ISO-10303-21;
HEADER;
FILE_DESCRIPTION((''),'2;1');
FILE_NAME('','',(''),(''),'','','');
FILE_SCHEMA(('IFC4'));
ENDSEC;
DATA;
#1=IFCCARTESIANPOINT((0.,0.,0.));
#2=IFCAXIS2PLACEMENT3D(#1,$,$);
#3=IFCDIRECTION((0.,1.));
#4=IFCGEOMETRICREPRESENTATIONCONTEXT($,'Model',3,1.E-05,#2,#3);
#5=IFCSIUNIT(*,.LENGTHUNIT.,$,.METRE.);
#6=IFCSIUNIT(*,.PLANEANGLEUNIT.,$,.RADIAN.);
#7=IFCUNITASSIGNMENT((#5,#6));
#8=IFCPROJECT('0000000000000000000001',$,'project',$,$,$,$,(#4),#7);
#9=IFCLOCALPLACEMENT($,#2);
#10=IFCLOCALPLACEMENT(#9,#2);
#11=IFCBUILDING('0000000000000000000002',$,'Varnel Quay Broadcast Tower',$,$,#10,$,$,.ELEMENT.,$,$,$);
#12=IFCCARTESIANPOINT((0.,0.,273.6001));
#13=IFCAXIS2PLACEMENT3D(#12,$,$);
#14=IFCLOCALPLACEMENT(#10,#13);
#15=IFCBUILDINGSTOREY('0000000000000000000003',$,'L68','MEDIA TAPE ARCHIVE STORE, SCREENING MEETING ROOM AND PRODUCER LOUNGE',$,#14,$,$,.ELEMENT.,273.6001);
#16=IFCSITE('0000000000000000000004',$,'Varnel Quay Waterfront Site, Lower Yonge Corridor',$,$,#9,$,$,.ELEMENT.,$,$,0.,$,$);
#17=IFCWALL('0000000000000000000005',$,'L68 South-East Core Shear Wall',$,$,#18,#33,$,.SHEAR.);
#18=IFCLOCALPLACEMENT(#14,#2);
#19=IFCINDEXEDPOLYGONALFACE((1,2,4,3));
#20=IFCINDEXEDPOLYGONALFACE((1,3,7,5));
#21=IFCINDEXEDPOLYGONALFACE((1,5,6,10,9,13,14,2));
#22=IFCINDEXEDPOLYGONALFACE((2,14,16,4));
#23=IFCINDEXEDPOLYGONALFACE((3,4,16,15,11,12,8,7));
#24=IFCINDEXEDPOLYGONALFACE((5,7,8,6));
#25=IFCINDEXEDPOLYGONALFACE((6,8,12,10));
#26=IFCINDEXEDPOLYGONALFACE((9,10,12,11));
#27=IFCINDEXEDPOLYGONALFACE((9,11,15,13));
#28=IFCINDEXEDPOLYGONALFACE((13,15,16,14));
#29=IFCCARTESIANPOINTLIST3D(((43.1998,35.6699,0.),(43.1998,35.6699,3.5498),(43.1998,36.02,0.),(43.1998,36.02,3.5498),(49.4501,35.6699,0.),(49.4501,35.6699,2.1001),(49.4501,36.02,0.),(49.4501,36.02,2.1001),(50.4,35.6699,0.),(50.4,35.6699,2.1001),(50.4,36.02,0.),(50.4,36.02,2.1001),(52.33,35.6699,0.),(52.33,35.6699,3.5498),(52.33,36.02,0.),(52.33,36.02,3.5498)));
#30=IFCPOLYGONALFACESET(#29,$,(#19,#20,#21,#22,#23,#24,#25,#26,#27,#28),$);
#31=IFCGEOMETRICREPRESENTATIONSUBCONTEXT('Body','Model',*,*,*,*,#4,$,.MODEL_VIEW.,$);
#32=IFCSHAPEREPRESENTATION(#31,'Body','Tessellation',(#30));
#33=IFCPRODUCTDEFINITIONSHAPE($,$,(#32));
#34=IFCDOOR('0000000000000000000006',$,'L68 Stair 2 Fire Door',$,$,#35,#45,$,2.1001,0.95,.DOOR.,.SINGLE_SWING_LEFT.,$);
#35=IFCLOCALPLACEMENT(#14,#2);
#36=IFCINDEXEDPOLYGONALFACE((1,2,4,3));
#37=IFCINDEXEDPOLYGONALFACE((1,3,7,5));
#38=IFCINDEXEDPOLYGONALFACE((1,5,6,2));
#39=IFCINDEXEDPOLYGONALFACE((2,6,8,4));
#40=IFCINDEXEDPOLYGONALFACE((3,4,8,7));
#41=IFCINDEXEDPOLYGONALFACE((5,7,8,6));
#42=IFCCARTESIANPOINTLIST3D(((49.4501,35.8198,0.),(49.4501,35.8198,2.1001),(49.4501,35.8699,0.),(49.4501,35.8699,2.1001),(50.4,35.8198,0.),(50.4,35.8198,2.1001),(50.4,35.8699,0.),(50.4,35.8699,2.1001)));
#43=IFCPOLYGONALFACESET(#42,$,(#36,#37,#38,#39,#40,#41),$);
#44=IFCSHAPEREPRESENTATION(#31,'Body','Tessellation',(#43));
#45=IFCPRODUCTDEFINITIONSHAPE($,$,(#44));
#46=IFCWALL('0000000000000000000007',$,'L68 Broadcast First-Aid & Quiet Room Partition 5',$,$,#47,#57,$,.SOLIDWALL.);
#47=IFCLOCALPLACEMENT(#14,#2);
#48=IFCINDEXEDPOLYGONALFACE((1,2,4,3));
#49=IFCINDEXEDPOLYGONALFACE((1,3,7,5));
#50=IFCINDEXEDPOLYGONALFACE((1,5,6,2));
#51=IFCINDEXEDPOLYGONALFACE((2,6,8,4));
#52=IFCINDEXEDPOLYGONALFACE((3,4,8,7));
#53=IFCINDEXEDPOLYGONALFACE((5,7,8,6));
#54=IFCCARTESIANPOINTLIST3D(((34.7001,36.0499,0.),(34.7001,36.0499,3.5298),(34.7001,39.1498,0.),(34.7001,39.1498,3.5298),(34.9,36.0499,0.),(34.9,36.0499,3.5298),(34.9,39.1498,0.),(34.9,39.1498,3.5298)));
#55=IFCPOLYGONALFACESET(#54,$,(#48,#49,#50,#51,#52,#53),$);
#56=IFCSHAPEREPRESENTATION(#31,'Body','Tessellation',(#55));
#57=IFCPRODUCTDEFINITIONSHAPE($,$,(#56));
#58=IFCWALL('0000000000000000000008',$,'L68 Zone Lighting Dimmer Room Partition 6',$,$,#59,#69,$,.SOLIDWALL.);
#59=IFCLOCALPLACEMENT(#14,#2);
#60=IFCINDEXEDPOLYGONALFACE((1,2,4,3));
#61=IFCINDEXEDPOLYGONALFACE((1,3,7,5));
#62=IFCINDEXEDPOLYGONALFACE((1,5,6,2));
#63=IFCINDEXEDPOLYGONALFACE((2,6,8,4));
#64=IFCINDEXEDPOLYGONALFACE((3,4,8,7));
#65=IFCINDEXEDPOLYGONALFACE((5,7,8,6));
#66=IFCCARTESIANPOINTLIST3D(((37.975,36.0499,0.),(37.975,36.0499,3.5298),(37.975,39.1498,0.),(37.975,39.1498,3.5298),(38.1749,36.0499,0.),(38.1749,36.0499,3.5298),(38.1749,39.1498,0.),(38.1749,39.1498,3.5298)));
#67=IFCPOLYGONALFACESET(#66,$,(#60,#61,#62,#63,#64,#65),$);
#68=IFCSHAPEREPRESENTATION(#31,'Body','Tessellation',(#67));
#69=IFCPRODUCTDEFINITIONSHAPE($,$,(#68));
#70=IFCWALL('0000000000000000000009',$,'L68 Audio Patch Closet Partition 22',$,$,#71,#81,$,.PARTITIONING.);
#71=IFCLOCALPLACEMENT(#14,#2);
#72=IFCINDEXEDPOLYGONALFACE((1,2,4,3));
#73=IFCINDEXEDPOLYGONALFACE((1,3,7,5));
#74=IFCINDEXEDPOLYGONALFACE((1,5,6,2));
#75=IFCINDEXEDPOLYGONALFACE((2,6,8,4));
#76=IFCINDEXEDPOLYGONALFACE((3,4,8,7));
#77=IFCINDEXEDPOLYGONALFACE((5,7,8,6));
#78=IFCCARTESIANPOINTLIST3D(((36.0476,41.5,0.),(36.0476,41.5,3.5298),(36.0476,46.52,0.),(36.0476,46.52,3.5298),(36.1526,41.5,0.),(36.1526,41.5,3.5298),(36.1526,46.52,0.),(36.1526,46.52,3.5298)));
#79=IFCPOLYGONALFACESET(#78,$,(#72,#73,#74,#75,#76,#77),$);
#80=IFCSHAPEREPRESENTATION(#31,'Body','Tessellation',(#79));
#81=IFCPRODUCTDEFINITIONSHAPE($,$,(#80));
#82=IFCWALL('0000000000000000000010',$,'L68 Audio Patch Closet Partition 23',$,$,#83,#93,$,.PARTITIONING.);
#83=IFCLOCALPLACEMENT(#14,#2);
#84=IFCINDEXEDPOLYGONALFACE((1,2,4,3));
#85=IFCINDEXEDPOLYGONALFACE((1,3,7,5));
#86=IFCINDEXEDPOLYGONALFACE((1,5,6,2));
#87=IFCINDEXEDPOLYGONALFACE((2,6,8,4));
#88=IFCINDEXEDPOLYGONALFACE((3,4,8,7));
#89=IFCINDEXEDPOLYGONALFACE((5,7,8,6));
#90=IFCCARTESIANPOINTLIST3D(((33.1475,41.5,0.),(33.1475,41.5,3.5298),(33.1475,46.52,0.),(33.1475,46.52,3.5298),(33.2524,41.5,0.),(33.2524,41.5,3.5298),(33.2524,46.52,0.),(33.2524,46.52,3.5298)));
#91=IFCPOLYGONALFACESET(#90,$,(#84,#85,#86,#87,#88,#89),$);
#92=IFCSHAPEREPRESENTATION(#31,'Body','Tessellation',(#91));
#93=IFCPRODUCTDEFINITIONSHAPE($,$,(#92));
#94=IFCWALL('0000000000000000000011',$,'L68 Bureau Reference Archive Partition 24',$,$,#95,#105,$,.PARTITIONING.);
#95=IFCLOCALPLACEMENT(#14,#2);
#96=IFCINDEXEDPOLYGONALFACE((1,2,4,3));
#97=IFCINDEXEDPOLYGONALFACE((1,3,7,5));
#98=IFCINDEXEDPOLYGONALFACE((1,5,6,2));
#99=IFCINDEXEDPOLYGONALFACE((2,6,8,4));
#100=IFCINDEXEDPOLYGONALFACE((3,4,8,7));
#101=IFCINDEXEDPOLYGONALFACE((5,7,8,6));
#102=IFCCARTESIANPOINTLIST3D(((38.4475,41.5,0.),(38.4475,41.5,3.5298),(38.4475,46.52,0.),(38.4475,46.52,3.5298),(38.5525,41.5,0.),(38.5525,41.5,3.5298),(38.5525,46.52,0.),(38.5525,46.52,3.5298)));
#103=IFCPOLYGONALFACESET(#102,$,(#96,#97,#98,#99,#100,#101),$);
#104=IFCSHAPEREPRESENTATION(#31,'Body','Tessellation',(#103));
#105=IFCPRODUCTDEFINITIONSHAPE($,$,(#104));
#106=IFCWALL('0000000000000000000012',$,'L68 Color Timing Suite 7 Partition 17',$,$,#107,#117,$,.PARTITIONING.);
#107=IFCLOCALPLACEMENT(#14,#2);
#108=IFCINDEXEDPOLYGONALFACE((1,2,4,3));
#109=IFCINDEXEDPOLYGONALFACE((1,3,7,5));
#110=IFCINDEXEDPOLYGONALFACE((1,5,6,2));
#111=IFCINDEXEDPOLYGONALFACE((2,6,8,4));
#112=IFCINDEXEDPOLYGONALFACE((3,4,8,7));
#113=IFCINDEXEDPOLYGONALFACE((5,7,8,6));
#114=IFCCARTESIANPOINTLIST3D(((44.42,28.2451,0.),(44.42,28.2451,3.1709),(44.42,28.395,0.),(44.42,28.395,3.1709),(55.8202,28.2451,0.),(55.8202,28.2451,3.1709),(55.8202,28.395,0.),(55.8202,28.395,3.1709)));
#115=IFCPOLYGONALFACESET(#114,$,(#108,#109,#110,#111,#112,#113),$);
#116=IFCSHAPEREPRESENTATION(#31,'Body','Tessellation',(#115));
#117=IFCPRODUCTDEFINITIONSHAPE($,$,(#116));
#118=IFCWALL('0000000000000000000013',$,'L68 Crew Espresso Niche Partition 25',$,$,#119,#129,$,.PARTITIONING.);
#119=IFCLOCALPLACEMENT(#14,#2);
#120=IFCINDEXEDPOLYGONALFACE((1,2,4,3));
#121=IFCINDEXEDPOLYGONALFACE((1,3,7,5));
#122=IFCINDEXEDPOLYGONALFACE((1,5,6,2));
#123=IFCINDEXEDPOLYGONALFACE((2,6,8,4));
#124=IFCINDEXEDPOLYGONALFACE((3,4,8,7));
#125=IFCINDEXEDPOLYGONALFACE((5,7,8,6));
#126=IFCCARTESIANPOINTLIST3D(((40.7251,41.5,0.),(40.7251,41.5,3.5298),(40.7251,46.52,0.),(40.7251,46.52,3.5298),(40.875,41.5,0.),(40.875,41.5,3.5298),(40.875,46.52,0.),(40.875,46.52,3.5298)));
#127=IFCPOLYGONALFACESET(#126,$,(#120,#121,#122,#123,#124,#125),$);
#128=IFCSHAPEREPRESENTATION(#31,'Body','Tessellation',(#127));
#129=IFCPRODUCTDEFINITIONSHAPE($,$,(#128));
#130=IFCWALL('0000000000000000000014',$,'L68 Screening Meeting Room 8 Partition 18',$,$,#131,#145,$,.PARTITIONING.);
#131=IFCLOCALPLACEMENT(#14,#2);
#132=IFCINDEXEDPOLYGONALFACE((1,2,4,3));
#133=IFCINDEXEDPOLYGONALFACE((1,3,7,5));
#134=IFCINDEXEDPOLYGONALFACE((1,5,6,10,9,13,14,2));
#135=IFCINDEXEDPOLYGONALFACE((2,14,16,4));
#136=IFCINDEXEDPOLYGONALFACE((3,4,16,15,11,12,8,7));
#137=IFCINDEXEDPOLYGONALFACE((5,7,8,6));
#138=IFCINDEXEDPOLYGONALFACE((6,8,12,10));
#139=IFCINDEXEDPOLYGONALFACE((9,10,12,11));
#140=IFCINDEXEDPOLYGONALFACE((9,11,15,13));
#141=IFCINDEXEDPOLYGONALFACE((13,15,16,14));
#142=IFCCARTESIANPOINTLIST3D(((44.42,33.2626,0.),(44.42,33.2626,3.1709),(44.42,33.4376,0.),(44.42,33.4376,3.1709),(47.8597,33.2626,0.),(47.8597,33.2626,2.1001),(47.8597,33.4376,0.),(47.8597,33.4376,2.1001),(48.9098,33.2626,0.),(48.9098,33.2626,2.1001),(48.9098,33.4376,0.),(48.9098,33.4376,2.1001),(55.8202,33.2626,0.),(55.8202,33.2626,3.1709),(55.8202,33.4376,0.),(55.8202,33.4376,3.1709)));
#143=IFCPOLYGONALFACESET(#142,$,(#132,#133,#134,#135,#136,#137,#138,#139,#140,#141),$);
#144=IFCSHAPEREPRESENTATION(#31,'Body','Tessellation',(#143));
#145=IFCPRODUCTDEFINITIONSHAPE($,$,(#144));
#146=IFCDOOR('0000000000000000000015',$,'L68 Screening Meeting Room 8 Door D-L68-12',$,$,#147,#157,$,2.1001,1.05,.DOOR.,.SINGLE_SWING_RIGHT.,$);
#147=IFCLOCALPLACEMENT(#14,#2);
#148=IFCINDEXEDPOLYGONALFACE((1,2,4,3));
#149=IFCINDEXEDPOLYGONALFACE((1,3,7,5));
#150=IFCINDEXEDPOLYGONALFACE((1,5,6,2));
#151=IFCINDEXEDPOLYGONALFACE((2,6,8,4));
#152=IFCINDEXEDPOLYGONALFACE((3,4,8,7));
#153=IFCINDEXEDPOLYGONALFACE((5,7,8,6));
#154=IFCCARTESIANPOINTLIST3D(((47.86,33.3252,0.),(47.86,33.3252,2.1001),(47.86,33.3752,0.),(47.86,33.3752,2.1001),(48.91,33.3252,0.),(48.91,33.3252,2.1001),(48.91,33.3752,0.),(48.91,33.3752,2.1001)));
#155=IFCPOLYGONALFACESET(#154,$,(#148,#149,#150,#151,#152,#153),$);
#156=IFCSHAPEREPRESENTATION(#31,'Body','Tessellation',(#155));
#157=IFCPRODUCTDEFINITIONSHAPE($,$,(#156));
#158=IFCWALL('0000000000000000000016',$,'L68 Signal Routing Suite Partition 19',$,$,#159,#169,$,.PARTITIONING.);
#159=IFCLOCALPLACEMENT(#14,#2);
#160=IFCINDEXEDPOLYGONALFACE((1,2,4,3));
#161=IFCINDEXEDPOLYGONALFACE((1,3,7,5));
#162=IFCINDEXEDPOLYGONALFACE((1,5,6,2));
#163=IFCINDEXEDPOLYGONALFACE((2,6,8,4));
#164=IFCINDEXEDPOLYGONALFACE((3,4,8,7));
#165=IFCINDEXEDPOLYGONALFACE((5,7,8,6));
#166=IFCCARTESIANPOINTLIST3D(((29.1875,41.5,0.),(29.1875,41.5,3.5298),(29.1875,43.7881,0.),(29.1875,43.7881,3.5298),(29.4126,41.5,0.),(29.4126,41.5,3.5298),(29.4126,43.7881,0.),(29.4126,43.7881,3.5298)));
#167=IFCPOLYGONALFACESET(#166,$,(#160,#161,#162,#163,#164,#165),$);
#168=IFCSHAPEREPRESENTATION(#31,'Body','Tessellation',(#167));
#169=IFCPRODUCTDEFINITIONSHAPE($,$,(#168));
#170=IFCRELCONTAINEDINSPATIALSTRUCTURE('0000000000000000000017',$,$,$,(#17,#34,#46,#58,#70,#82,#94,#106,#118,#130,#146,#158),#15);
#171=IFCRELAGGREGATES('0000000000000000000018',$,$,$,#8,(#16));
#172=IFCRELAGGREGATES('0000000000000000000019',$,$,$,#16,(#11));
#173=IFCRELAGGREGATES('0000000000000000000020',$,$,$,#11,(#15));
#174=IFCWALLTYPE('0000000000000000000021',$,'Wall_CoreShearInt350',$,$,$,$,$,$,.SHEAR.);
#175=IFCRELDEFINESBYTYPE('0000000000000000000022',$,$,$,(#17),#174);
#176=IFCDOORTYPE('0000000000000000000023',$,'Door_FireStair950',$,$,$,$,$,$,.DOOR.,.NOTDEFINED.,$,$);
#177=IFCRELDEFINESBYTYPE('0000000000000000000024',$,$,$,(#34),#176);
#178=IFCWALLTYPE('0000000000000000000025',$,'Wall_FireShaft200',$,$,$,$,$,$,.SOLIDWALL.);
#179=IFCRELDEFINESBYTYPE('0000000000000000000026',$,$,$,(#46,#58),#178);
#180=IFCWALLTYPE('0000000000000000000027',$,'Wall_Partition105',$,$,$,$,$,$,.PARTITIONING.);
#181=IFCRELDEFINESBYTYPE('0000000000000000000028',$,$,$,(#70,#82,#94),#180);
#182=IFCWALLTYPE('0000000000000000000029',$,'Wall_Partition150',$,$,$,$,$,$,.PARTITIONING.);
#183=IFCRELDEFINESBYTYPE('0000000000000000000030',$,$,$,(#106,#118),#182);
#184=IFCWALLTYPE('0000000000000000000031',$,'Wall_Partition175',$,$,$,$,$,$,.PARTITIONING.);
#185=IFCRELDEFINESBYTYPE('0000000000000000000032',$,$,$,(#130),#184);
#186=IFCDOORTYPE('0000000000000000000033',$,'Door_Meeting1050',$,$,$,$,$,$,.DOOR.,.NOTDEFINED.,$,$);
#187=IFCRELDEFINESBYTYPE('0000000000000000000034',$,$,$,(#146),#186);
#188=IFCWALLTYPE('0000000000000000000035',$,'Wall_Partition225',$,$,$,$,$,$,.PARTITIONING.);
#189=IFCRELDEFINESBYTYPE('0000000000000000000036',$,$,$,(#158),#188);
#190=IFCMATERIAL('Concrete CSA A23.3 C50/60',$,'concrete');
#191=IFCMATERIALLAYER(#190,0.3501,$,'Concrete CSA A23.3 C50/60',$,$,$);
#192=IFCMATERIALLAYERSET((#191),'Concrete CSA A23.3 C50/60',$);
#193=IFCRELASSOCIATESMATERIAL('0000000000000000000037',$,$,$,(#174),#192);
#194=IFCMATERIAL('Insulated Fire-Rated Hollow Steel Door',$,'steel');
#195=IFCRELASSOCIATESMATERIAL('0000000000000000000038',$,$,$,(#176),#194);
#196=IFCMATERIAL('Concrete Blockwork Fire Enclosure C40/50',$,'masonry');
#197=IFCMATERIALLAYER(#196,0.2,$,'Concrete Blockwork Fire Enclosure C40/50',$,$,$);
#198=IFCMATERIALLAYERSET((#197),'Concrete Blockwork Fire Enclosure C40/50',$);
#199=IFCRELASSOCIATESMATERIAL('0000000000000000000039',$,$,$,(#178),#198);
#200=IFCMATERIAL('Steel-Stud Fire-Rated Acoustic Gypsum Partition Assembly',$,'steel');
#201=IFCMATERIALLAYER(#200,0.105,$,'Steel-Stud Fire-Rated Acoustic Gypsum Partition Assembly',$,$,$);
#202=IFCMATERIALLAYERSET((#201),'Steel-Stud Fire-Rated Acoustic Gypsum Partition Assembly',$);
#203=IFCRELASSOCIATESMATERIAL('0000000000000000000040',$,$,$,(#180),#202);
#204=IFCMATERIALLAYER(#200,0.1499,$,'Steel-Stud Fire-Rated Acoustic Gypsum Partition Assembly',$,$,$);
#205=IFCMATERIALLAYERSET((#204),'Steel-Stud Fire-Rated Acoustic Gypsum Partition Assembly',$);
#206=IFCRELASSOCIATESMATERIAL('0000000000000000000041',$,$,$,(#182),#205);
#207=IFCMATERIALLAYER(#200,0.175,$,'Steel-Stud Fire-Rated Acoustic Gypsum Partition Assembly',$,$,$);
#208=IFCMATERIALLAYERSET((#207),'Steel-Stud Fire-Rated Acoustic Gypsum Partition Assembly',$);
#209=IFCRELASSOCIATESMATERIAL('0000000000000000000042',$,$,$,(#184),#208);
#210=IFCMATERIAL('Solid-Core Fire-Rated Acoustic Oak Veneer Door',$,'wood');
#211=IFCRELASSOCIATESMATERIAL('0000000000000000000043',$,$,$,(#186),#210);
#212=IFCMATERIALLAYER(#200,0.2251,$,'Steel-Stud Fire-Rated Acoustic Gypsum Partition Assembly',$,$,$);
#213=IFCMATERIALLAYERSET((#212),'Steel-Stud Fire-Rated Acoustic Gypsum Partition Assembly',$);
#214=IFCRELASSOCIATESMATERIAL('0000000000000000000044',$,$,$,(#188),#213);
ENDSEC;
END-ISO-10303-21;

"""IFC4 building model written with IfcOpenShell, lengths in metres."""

from ifc_helpers import new_model, si_unit, direction, frame, frame_2d, origin, place, context, subcontext, project, spatial, rectangle, extrude, source, transform, mapped, material, layer, layer_set, type_object, type_shapes, element, fill, save


model = new_model("IFC4")

# Units and contexts
model_context = context("Model", 3, precision=1e-05, world=origin(), true_north=direction((0.0, 1.0)))
body_context = subcontext(model_context, "Body", "Model", "MODEL_VIEW")
ifc_project = project(units=[si_unit("LENGTHUNIT", "METRE"), si_unit("PLANEANGLEUNIT", "RADIAN")], contexts=[model_context])

# Site, building, storey
site_placement = place(None, origin())
site = spatial("IfcSite", under=ifc_project, at=site_placement, Name="Varnel Quay Waterfront Site, Lower Yonge Corridor", CompositionType="ELEMENT", RefElevation=0.0)
building_placement = place(site_placement, origin())
building = spatial("IfcBuilding", under=site, at=building_placement, Name="Varnel Quay Broadcast Tower", CompositionType="ELEMENT")
storey_placement = place(building_placement, frame((0.0, 0.0, 273.6001)))
storey = spatial("IfcBuildingStorey", under=building, at=storey_placement, Name="L68", Description="MEDIA TAPE ARCHIVE STORE, SCREENING MEETING ROOM AND PRODUCER LOUNGE", CompositionType="ELEMENT", Elevation=273.6001)

# Shared definitions
ifc_material_1 = material(Name="Concrete CSA A23.3 C50/60", Category="concrete")

# Wall, opening, door
ifc_layer_1 = layer(ifc_material_1, 0.3501, Name="Concrete CSA A23.3 C50/60")
ifc_layer_set_1 = layer_set([ifc_layer_1], Name="Concrete CSA A23.3 C50/60")
wall_type_1 = type_object("IfcWallType", Name="Wall_CoreShearInt350", PredefinedType="SHEAR", material=ifc_layer_set_1)
wall_1_placement = place(storey_placement, frame((43.2, 35.845, 0.0), z_axis=(0.0, 0.0, 1.0), x_axis=(1.0, 0.0, 0.0)))
wall_1 = element("IfcWall", 1, at=wall_1_placement, inside=storey, type_object=wall_type_1, Name="L68 South-East Core Shear Wall", PredefinedType="SHEAR", context=body_context, shape_type="SweptSolid", body=[
    extrude(rectangle(XDim=9.1301, YDim=0.3501, at=frame_2d((4.5649, 0.0))), origin(), (0.0, 0.0, 1.0), 3.5498),
])
opening_1_placement = place(wall_1_placement, frame((6.25, 0.0, 0.0)))
opening_1 = element("IfcOpeningElement", 2, at=opening_1_placement, cuts=wall_1, PredefinedType="OPENING", context=body_context, shape_type="SweptSolid", body=[
    extrude(rectangle(XDim=0.95, YDim=2.1001, at=frame_2d((0.4751, 1.05))), frame((0.0, 0.1851, 0.0), z_axis=(0.0, -1.0, 0.0), x_axis=(1.0, 0.0, 0.0)), (0.0, 0.0, 1.0), 0.3701),
])
ifc_material_2 = material(Name="Insulated Fire-Rated Hollow Steel Door", Category="steel")
door_type_1 = type_object("IfcDoorType", Name="Door_FireStair950", OperationType="NOTDEFINED", PredefinedType="DOOR", material=ifc_material_2)
shared_shape_1 = source(origin(), body_context, "Body", "SweptSolid", [
    extrude(rectangle(XDim=0.95, YDim=2.1001, at=frame_2d((0.4751, 1.05))), frame((0.0, 0.0249, 0.0), z_axis=(0.0, -1.0, 0.0), x_axis=(1.0, 0.0, 0.0)), (0.0, 0.0, 1.0), 0.05),
])
type_shapes(door_type_1, [shared_shape_1])
door_1_placement = place(opening_1_placement, origin())
door_1 = element("IfcDoor", 3, at=door_1_placement, inside=storey, type_object=door_type_1, Name="L68 Stair 2 Fire Door", OperationType="SINGLE_SWING_LEFT", OverallHeight=2.1001, OverallWidth=0.95, PredefinedType="DOOR", context=body_context, shape_type="MappedRepresentation", body=[
    mapped(shared_shape_1, transform((0.0, 0.0, 0.0), x_axis=(1.0, 0.0, 0.0), y_axis=(0.0, 1.0, 0.0), z_axis=(0.0, 0.0, 1.0), scale=1.0)),
])
fill(opening_1, door_1)

# Walls
ifc_material_3 = material(Name="Concrete Blockwork Fire Enclosure C40/50", Category="masonry")
ifc_layer_2 = layer(ifc_material_3, 0.2, Name="Concrete Blockwork Fire Enclosure C40/50")
ifc_layer_set_2 = layer_set([ifc_layer_2], Name="Concrete Blockwork Fire Enclosure C40/50")
wall_type_2 = type_object("IfcWallType", Name="Wall_FireShaft200", PredefinedType="SOLIDWALL", material=ifc_layer_set_2)
for number, where, z_axis, x_axis, name in (
    (4, (34.8, 36.05, 0.0), (0.0, 0.0, 1.0), (0.0, 1.0, 0.0), "L68 Broadcast First-Aid & Quiet Room Partition 5"),
    (5, (38.075, 36.05, 0.0), (0.0, 0.0, 1.0), (0.0, 1.0, 0.0), "L68 Zone Lighting Dimmer Room Partition 6"),
):
    element("IfcWall", number, at=place(storey_placement, frame(where, z_axis=z_axis, x_axis=x_axis)), inside=storey, type_object=wall_type_2, Name=name, PredefinedType="SOLIDWALL", context=body_context, shape_type="SweptSolid", body=[
        extrude(rectangle(XDim=3.0999, YDim=0.2, at=frame_2d((1.5498, 0.0))), origin(), (0.0, 0.0, 1.0), 3.5298),
    ])
ifc_material_4 = material(Name="Steel-Stud Fire-Rated Acoustic Gypsum Partition Assembly", Category="steel")
ifc_layer_3 = layer(ifc_material_4, 0.105, Name="Steel-Stud Fire-Rated Acoustic Gypsum Partition Assembly")
ifc_layer_set_3 = layer_set([ifc_layer_3], Name="Steel-Stud Fire-Rated Acoustic Gypsum Partition Assembly")
wall_type_3 = type_object("IfcWallType", Name="Wall_Partition105", PredefinedType="PARTITIONING", material=ifc_layer_set_3)
for number, where, z_axis, x_axis, name in (
    (6, (36.1001, 41.5, 0.0), (0.0, 0.0, 1.0), (0.0, 1.0, 0.0), "L68 Audio Patch Closet Partition 22"),
    (7, (33.2, 41.5, 0.0), (0.0, 0.0, 1.0), (0.0, 1.0, 0.0), "L68 Audio Patch Closet Partition 23"),
    (8, (38.5, 41.5, 0.0), (0.0, 0.0, 1.0), (0.0, 1.0, 0.0), "L68 Bureau Reference Archive Partition 24"),
):
    element("IfcWall", number, at=place(storey_placement, frame(where, z_axis=z_axis, x_axis=x_axis)), inside=storey, type_object=wall_type_3, Name=name, PredefinedType="PARTITIONING", context=body_context, shape_type="SweptSolid", body=[
        extrude(rectangle(XDim=5.02, YDim=0.105, at=frame_2d((2.51, 0.0))), origin(), (0.0, 0.0, 1.0), 3.5298),
    ])
ifc_layer_4 = layer(ifc_material_4, 0.1499, Name="Steel-Stud Fire-Rated Acoustic Gypsum Partition Assembly")
ifc_layer_set_4 = layer_set([ifc_layer_4], Name="Steel-Stud Fire-Rated Acoustic Gypsum Partition Assembly")
wall_type_4 = type_object("IfcWallType", Name="Wall_Partition150", PredefinedType="PARTITIONING", material=ifc_layer_set_4)
wall_2_placement = place(storey_placement, frame((44.4199, 28.3201, 0.0), z_axis=(0.0, 0.0, 1.0), x_axis=(1.0, 0.0, 0.0)))
element("IfcWall", 9, at=wall_2_placement, inside=storey, type_object=wall_type_4, Name="L68 Color Timing Suite 7 Partition 17", PredefinedType="PARTITIONING", context=body_context, shape_type="SweptSolid", body=[
    extrude(rectangle(XDim=11.4001, YDim=0.1499, at=frame_2d((5.7002, 0.0))), origin(), (0.0, 0.0, 1.0), 3.1709),
])
wall_3_placement = place(storey_placement, frame((40.8, 41.5, 0.0), z_axis=(0.0, 0.0, 1.0), x_axis=(0.0, 1.0, 0.0)))
element("IfcWall", 10, at=wall_3_placement, inside=storey, type_object=wall_type_4, Name="L68 Crew Espresso Niche Partition 25", PredefinedType="PARTITIONING", context=body_context, shape_type="SweptSolid", body=[
    extrude(rectangle(XDim=5.02, YDim=0.1499, at=frame_2d((2.51, 0.0))), origin(), (0.0, 0.0, 1.0), 3.5298),
])

# Wall, opening, door
ifc_layer_5 = layer(ifc_material_4, 0.175, Name="Steel-Stud Fire-Rated Acoustic Gypsum Partition Assembly")
ifc_layer_set_5 = layer_set([ifc_layer_5], Name="Steel-Stud Fire-Rated Acoustic Gypsum Partition Assembly")
wall_type_5 = type_object("IfcWallType", Name="Wall_Partition175", PredefinedType="PARTITIONING", material=ifc_layer_set_5)
wall_4_placement = place(storey_placement, frame((44.4199, 33.3501, 0.0), z_axis=(0.0, 0.0, 1.0), x_axis=(1.0, 0.0, 0.0)))
wall_4 = element("IfcWall", 11, at=wall_4_placement, inside=storey, type_object=wall_type_5, Name="L68 Screening Meeting Room 8 Partition 18", PredefinedType="PARTITIONING", context=body_context, shape_type="SweptSolid", body=[
    extrude(rectangle(XDim=11.4001, YDim=0.175, at=frame_2d((5.7002, 0.0))), origin(), (0.0, 0.0, 1.0), 3.1709),
])
opening_2_placement = place(wall_4_placement, frame((3.4399, 0.0, 0.0)))
opening_2 = element("IfcOpeningElement", 12, at=opening_2_placement, cuts=wall_4, PredefinedType="OPENING", context=body_context, shape_type="SweptSolid", body=[
    extrude(rectangle(XDim=1.05, YDim=2.1001, at=frame_2d((0.5249, 1.05))), frame((0.0, 0.0977, 0.0), z_axis=(0.0, -1.0, 0.0), x_axis=(1.0, 0.0, 0.0)), (0.0, 0.0, 1.0), 0.1951),
])
ifc_material_5 = material(Name="Solid-Core Fire-Rated Acoustic Oak Veneer Door", Category="wood")
door_type_2 = type_object("IfcDoorType", Name="Door_Meeting1050", OperationType="NOTDEFINED", PredefinedType="DOOR", material=ifc_material_5)
shared_shape_2 = source(origin(), body_context, "Body", "SweptSolid", [
    extrude(rectangle(XDim=1.05, YDim=2.1001, at=frame_2d((0.5249, 1.05))), frame((0.0, 0.0249, 0.0), z_axis=(0.0, -1.0, 0.0), x_axis=(1.0, 0.0, 0.0)), (0.0, 0.0, 1.0), 0.05),
])
type_shapes(door_type_2, [shared_shape_2])
door_2_placement = place(opening_2_placement, frame((1.05, 0.0, 0.0), z_axis=(0.0, 0.0, 1.0), x_axis=(-1.0, 0.0, 0.0)))
door_2 = element("IfcDoor", 13, at=door_2_placement, inside=storey, type_object=door_type_2, Name="L68 Screening Meeting Room 8 Door D-L68-12", OperationType="SINGLE_SWING_RIGHT", OverallHeight=2.1001, OverallWidth=1.05, PredefinedType="DOOR", context=body_context, shape_type="MappedRepresentation", body=[
    mapped(shared_shape_2, transform((0.0, 0.0, 0.0), x_axis=(1.0, 0.0, 0.0), y_axis=(0.0, 1.0, 0.0), z_axis=(0.0, 0.0, 1.0), scale=1.0)),
])
fill(opening_2, door_2)

# Wall
ifc_layer_6 = layer(ifc_material_4, 0.2251, Name="Steel-Stud Fire-Rated Acoustic Gypsum Partition Assembly")
ifc_layer_set_6 = layer_set([ifc_layer_6], Name="Steel-Stud Fire-Rated Acoustic Gypsum Partition Assembly")
wall_type_6 = type_object("IfcWallType", Name="Wall_Partition225", PredefinedType="PARTITIONING", material=ifc_layer_set_6)
wall_5_placement = place(storey_placement, frame((29.3, 41.5, 0.0), z_axis=(0.0, 0.0, 1.0), x_axis=(0.0, 1.0, 0.0)))
element("IfcWall", 14, at=wall_5_placement, inside=storey, type_object=wall_type_6, Name="L68 Signal Routing Suite Partition 19", PredefinedType="PARTITIONING", context=body_context, shape_type="SweptSolid", body=[
    extrude(rectangle(XDim=2.2881, YDim=0.2251, at=frame_2d((1.144, 0.0))), origin(), (0.0, 0.0, 1.0), 3.5298),
])

save(model, "model.ifc")
